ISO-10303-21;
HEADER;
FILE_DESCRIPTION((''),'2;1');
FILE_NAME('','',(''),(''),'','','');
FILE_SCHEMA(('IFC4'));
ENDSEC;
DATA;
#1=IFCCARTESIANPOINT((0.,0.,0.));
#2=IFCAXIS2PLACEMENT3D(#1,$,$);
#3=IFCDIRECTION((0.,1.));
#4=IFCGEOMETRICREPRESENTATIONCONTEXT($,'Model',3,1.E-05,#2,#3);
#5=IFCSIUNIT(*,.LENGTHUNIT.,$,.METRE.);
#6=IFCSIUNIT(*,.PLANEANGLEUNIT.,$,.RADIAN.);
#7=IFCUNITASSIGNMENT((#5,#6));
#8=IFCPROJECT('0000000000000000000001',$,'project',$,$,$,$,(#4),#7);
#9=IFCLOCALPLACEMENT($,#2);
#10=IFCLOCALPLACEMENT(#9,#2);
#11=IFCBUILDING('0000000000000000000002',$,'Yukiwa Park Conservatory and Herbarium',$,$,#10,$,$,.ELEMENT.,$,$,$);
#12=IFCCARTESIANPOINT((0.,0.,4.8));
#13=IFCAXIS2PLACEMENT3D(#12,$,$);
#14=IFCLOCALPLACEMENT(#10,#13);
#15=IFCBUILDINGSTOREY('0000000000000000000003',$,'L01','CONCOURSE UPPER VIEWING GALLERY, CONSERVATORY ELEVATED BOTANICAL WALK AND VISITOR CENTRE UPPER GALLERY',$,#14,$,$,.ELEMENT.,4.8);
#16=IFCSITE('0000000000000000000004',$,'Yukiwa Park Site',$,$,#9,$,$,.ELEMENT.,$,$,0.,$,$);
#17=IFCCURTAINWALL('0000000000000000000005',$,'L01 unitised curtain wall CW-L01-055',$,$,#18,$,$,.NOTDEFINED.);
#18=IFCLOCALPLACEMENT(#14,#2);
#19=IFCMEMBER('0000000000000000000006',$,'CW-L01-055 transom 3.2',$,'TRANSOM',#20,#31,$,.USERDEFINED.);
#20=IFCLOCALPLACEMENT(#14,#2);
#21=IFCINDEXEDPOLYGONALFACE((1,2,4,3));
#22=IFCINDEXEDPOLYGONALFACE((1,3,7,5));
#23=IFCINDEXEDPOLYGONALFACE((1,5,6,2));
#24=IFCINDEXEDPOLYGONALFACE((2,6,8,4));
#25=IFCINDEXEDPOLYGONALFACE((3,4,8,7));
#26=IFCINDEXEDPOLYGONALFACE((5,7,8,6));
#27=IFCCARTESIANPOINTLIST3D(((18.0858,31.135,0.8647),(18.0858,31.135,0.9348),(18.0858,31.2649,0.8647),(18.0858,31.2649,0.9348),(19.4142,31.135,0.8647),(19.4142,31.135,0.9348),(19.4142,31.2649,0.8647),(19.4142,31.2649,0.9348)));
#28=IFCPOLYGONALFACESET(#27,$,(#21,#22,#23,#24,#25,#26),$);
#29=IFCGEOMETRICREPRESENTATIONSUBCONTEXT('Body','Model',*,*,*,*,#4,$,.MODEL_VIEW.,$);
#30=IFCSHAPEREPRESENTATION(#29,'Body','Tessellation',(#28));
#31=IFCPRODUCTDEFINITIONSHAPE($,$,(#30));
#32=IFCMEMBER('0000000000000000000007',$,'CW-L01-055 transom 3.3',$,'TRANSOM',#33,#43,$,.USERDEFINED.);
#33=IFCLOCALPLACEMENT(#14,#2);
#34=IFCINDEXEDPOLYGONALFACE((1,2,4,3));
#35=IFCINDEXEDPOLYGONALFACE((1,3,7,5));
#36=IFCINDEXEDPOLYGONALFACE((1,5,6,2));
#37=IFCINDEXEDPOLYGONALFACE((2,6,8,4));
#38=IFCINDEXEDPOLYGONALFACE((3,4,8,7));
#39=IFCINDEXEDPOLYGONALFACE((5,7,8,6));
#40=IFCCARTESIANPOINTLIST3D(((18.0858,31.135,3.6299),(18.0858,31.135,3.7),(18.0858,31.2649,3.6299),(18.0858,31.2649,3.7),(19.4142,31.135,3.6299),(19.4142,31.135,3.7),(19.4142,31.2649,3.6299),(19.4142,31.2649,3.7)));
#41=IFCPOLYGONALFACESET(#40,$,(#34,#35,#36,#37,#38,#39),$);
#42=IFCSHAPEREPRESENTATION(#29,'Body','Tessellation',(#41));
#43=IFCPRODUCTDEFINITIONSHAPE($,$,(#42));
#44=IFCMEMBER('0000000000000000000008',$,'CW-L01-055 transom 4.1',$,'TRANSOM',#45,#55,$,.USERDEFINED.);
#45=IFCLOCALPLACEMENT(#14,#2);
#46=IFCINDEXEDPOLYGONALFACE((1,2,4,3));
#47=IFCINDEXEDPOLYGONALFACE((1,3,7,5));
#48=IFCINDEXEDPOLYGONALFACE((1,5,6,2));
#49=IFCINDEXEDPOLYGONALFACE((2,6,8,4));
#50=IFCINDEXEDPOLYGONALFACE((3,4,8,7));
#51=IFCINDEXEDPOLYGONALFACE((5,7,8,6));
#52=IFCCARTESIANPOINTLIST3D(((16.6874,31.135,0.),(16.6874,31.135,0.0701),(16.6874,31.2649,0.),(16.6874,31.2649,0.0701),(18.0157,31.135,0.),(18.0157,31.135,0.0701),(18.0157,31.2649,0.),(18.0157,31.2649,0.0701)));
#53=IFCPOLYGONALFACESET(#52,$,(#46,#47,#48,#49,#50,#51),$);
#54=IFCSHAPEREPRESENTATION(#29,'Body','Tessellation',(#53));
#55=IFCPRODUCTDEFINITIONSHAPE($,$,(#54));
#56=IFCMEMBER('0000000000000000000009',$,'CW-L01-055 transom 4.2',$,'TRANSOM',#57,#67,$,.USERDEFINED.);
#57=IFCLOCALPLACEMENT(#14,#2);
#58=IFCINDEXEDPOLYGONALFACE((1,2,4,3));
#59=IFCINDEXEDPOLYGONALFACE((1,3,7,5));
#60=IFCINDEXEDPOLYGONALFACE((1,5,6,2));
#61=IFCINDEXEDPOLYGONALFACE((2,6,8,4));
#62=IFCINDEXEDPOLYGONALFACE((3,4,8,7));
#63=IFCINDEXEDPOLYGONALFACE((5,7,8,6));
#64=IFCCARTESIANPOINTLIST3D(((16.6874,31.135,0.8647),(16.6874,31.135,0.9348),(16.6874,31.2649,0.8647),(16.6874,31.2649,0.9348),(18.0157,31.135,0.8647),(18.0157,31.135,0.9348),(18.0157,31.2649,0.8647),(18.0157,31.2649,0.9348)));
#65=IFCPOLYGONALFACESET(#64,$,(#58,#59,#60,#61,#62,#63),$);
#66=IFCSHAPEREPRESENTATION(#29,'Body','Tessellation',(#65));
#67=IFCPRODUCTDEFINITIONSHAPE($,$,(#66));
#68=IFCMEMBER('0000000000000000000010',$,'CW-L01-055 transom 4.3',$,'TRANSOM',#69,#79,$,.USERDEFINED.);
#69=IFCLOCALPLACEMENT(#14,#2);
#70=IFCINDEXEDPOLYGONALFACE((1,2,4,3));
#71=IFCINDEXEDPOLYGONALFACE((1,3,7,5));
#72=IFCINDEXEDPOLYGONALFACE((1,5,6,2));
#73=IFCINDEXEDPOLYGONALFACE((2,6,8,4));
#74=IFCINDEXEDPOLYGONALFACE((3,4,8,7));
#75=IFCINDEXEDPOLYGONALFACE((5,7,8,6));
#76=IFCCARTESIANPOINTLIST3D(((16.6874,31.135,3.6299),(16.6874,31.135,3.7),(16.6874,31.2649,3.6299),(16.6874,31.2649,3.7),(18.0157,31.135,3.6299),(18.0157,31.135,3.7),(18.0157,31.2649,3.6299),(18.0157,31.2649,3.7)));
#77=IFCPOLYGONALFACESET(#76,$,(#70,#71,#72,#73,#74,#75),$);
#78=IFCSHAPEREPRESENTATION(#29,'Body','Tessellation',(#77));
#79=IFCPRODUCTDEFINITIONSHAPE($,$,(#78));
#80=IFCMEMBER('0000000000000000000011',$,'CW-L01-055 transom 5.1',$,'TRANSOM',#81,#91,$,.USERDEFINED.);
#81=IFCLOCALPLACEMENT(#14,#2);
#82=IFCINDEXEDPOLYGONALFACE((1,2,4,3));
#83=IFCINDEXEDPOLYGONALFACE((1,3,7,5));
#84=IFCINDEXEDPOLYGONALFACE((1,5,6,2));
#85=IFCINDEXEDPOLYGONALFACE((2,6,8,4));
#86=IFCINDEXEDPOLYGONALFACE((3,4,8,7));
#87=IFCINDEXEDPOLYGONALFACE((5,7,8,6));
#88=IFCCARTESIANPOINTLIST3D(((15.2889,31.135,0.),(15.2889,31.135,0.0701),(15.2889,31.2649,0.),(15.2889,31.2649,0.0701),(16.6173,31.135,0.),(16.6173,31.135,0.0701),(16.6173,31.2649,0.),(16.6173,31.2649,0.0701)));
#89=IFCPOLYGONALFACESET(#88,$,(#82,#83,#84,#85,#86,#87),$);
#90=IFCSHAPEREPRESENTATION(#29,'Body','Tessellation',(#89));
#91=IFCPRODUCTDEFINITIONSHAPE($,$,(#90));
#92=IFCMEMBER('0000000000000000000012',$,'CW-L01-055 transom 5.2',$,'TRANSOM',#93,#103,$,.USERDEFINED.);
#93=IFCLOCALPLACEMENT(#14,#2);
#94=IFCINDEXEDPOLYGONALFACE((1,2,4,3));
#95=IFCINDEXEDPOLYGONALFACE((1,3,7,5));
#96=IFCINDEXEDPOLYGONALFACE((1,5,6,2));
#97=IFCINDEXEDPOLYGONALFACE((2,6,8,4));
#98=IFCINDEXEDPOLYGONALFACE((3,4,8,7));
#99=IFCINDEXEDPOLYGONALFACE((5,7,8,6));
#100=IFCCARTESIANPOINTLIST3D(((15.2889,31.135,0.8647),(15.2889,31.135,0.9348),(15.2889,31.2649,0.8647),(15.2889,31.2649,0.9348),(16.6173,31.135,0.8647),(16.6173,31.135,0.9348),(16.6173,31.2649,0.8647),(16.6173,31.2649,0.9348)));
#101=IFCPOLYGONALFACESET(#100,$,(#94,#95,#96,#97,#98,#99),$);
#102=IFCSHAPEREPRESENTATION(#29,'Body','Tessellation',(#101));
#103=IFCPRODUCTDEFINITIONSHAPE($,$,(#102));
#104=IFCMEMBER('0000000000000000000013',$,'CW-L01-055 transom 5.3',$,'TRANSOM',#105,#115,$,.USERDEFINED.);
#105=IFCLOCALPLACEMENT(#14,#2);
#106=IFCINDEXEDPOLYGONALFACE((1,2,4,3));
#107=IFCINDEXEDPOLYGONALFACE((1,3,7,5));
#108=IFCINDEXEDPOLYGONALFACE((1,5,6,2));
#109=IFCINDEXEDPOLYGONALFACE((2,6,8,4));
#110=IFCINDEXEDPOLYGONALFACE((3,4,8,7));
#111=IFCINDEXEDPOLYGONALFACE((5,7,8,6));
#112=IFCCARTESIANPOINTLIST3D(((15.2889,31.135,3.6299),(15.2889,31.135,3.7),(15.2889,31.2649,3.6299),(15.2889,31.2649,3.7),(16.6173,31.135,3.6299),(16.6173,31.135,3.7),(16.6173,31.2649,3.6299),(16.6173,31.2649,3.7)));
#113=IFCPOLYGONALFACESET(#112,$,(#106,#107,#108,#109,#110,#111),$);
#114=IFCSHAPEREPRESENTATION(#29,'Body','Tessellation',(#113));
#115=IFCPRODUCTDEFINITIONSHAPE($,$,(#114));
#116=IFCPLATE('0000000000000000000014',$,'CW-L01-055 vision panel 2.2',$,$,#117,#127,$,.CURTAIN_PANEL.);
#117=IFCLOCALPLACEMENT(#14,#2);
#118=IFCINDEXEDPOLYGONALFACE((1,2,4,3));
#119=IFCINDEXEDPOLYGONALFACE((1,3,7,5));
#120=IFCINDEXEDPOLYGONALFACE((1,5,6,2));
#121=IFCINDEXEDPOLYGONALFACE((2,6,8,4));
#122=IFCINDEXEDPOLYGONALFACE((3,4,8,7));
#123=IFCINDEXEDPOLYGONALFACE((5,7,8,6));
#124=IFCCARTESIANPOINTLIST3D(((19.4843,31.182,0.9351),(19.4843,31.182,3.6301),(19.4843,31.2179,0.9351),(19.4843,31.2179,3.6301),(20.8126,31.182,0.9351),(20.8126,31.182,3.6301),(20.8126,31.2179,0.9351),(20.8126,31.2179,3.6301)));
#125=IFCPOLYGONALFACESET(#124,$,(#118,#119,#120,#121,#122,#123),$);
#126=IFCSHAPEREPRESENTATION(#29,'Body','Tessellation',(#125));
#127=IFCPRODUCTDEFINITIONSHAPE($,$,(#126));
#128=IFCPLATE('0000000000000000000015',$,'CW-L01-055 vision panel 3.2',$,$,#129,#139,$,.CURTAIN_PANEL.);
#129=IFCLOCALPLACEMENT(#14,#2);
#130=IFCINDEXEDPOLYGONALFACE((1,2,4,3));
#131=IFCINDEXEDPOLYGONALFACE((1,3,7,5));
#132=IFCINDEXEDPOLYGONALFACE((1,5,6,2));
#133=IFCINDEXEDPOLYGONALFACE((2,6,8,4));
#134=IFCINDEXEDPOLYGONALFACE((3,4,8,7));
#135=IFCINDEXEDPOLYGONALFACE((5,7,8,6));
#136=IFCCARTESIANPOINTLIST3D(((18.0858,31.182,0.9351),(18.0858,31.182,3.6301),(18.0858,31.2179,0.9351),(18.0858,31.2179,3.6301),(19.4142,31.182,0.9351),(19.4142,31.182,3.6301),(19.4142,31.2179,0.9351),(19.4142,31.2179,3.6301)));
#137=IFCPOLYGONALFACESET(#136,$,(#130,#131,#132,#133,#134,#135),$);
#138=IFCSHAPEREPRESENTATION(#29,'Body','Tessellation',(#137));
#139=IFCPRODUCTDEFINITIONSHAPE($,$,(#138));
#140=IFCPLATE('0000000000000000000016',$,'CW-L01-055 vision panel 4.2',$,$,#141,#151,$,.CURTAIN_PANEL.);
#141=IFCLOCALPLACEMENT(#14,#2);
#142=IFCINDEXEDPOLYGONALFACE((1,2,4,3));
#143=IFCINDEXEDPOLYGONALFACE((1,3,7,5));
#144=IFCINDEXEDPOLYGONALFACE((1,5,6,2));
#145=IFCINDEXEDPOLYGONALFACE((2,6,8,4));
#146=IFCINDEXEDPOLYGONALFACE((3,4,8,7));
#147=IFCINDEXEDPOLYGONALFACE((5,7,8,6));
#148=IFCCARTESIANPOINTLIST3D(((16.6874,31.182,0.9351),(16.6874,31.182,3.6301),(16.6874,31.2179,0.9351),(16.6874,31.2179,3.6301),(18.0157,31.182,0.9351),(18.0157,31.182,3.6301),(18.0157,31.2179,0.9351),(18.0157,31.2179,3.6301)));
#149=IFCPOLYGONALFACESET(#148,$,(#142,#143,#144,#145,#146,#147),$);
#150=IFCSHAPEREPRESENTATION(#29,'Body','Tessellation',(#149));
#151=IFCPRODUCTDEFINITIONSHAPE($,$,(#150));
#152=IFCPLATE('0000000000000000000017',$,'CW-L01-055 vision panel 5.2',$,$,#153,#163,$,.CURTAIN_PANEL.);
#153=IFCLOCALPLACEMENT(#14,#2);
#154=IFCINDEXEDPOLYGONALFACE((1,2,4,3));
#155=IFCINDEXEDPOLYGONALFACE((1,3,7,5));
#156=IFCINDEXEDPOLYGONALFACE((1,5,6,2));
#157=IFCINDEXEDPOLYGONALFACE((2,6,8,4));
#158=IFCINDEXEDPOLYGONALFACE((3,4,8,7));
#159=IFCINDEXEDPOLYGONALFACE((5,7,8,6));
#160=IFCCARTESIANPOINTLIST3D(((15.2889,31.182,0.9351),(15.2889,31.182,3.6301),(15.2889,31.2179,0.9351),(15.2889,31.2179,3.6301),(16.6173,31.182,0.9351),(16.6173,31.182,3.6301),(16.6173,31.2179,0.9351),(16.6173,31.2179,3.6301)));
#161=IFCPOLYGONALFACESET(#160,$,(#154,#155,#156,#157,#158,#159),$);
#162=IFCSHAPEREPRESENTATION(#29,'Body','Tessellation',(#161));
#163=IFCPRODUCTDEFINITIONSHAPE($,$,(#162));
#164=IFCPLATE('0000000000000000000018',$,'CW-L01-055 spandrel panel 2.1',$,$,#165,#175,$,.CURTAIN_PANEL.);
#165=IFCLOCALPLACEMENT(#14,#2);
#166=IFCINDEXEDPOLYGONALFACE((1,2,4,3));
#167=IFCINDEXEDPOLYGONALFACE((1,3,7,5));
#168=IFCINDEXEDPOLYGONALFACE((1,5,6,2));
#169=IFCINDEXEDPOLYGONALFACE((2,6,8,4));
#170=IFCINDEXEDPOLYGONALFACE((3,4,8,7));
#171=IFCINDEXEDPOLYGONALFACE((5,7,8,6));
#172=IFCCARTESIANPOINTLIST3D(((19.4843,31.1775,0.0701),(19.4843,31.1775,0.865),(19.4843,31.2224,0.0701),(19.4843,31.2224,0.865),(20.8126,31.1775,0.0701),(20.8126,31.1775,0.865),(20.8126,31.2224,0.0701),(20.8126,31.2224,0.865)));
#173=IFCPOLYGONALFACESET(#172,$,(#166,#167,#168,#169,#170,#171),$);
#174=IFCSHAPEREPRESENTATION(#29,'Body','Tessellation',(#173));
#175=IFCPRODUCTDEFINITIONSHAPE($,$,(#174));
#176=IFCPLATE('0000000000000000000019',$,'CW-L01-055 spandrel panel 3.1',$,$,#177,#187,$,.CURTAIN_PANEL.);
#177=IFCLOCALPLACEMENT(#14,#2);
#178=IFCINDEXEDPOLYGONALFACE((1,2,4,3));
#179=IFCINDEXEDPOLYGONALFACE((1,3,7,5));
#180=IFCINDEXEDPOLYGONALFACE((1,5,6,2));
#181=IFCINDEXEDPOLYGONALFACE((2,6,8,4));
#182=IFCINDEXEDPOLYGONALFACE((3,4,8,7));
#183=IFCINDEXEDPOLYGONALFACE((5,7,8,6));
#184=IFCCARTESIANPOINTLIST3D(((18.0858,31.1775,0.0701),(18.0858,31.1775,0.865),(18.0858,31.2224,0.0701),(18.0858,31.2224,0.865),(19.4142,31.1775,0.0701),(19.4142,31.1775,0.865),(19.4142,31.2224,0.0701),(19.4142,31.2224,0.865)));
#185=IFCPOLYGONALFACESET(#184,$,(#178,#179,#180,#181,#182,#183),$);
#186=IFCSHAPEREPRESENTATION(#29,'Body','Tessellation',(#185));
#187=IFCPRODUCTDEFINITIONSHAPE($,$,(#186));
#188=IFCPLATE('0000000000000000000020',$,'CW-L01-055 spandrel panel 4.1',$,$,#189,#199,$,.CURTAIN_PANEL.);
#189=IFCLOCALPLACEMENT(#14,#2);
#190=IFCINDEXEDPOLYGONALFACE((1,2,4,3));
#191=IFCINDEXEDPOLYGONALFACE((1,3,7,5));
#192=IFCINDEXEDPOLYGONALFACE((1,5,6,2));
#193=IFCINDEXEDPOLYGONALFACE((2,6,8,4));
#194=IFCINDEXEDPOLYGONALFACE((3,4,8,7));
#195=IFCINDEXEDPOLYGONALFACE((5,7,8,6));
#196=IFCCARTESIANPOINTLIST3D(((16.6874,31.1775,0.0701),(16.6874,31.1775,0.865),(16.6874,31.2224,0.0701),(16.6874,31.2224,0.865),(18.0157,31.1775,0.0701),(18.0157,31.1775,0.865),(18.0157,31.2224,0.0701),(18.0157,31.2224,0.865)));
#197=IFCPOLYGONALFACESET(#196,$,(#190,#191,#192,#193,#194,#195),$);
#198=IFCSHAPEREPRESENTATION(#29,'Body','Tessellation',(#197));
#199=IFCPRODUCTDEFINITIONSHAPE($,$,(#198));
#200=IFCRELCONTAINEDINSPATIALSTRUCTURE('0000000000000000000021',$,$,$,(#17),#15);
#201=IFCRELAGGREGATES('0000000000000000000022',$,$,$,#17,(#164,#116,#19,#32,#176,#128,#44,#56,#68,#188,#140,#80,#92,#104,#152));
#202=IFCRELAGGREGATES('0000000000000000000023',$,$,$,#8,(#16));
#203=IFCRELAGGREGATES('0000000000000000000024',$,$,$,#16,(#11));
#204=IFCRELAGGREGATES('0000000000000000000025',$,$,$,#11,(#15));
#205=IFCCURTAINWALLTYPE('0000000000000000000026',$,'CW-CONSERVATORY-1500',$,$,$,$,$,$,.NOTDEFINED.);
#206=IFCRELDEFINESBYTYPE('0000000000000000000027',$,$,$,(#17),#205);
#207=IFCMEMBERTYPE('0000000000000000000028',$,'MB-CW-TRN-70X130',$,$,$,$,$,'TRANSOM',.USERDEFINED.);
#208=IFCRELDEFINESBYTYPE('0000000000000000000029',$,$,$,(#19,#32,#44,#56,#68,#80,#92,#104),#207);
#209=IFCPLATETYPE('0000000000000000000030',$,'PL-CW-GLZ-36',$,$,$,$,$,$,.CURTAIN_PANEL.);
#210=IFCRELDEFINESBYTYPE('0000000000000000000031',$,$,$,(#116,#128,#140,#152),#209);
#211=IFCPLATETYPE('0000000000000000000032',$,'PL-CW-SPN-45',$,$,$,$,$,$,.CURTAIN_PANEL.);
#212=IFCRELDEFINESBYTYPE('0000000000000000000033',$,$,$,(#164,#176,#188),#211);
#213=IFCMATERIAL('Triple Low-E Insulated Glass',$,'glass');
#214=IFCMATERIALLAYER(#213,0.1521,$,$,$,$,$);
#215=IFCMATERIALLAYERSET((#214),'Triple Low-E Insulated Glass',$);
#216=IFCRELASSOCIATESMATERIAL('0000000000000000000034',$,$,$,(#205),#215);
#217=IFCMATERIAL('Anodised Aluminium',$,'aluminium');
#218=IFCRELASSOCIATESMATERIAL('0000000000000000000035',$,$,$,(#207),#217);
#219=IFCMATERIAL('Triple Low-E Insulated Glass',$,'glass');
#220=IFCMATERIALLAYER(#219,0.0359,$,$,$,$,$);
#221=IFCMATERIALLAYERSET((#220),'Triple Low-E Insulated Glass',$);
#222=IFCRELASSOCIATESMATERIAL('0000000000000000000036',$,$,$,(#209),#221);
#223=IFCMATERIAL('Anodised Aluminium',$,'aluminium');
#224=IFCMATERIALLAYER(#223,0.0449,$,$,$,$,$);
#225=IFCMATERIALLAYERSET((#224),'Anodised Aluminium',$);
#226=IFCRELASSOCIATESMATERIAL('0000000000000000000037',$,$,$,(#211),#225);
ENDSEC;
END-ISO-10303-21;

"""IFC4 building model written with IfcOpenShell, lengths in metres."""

from ifc_helpers import new_model, si_unit, direction, frame, origin, origin_2d, place, context, subcontext, project, spatial, rectangle, extrude, material, layer, layer_set, type_object, element, aggregate, save


model = new_model("IFC4")

# Units and contexts
model_context = context("Model", 3, precision=1e-05, world=origin(), true_north=direction((0.0, 1.0)))
body_context = subcontext(model_context, "Body", "Model", "MODEL_VIEW")
ifc_project = project(units=[si_unit("LENGTHUNIT", "METRE"), si_unit("PLANEANGLEUNIT", "RADIAN")], contexts=[model_context])

# Site, building, storey
site_placement = place(None, origin())
site = spatial("IfcSite", under=ifc_project, at=site_placement, Name="Yukiwa Park Site", CompositionType="ELEMENT", RefElevation=0.0)
building_placement = place(site_placement, origin())
building = spatial("IfcBuilding", under=site, at=building_placement, Name="Yukiwa Park Conservatory and Herbarium", CompositionType="ELEMENT")
storey_placement = place(building_placement, frame((0.0, 0.0, 4.8)))
storey = spatial("IfcBuildingStorey", under=building, at=storey_placement, Name="L01", Description="CONCOURSE UPPER VIEWING GALLERY, CONSERVATORY ELEVATED BOTANICAL WALK AND VISITOR CENTRE UPPER GALLERY", CompositionType="ELEMENT", Elevation=4.8)

# Curtain wall, members, plates
ifc_material_1 = material(Name="Triple Low-E Insulated Glass", Category="glass")
ifc_layer_1 = layer(ifc_material_1, 0.1521)
ifc_layer_set_1 = layer_set([ifc_layer_1], Name="Triple Low-E Insulated Glass")
curtain_wall_type = type_object("IfcCurtainWallType", Name="CW-CONSERVATORY-1500", PredefinedType="NOTDEFINED", material=ifc_layer_set_1)
curtain_wall_placement = place(storey_placement, origin())
curtain_wall = element("IfcCurtainWall", 1, at=curtain_wall_placement, inside=storey, type_object=curtain_wall_type, Name="L01 unitised curtain wall CW-L01-055", PredefinedType="NOTDEFINED")
ifc_material_2 = material(Name="Anodised Aluminium", Category="aluminium")
member_type_1 = type_object("IfcMemberType", Name="MB-CW-TRN-70X130", ElementType="TRANSOM", PredefinedType="USERDEFINED", material=ifc_material_2)
member_1_placement = place(storey_placement, frame((18.75, 31.2, 0.8647), z_axis=(0.0, 0.0, 1.0), x_axis=(-1.0, 0.0, 0.0)))
member_1 = element("IfcMember", 2, at=member_1_placement, type_object=member_type_1, Name="CW-L01-055 transom 3.2", ObjectType="TRANSOM", PredefinedType="USERDEFINED", context=body_context, shape_type="SweptSolid", body=[
    extrude(rectangle(XDim=1.3284, YDim=0.1299, at=origin_2d()), origin(), (0.0, 0.0, 1.0), 0.0701),
])
member_2_placement = place(storey_placement, frame((18.75, 31.2, 3.6299), z_axis=(0.0, 0.0, 1.0), x_axis=(-1.0, 0.0, 0.0)))
member_2 = element("IfcMember", 3, at=member_2_placement, type_object=member_type_1, Name="CW-L01-055 transom 3.3", ObjectType="TRANSOM", PredefinedType="USERDEFINED", context=body_context, shape_type="SweptSolid", body=[
    extrude(rectangle(XDim=1.3284, YDim=0.1299, at=origin_2d()), origin(), (0.0, 0.0, 1.0), 0.0701),
])
member_3_placement = place(storey_placement, frame((17.3516, 31.2, 0.0), z_axis=(0.0, 0.0, 1.0), x_axis=(-1.0, 0.0, 0.0)))
member_3 = element("IfcMember", 4, at=member_3_placement, type_object=member_type_1, Name="CW-L01-055 transom 4.1", ObjectType="TRANSOM", PredefinedType="USERDEFINED", context=body_context, shape_type="SweptSolid", body=[
    extrude(rectangle(XDim=1.3284, YDim=0.1299, at=origin_2d()), origin(), (0.0, 0.0, 1.0), 0.0701),
])
member_4_placement = place(storey_placement, frame((17.3516, 31.2, 0.8647), z_axis=(0.0, 0.0, 1.0), x_axis=(-1.0, 0.0, 0.0)))
member_4 = element("IfcMember", 5, at=member_4_placement, type_object=member_type_1, Name="CW-L01-055 transom 4.2", ObjectType="TRANSOM", PredefinedType="USERDEFINED", context=body_context, shape_type="SweptSolid", body=[
    extrude(rectangle(XDim=1.3284, YDim=0.1299, at=origin_2d()), origin(), (0.0, 0.0, 1.0), 0.0701),
])
member_5_placement = place(storey_placement, frame((17.3516, 31.2, 3.6299), z_axis=(0.0, 0.0, 1.0), x_axis=(-1.0, 0.0, 0.0)))
member_5 = element("IfcMember", 6, at=member_5_placement, type_object=member_type_1, Name="CW-L01-055 transom 4.3", ObjectType="TRANSOM", PredefinedType="USERDEFINED", context=body_context, shape_type="SweptSolid", body=[
    extrude(rectangle(XDim=1.3284, YDim=0.1299, at=origin_2d()), origin(), (0.0, 0.0, 1.0), 0.0701),
])
member_6_placement = place(storey_placement, frame((15.9531, 31.2, 0.0), z_axis=(0.0, 0.0, 1.0), x_axis=(-1.0, 0.0, 0.0)))
member_6 = element("IfcMember", 7, at=member_6_placement, type_object=member_type_1, Name="CW-L01-055 transom 5.1", ObjectType="TRANSOM", PredefinedType="USERDEFINED", context=body_context, shape_type="SweptSolid", body=[
    extrude(rectangle(XDim=1.3284, YDim=0.1299, at=origin_2d()), origin(), (0.0, 0.0, 1.0), 0.0701),
])
member_7_placement = place(storey_placement, frame((15.9531, 31.2, 0.8647), z_axis=(0.0, 0.0, 1.0), x_axis=(-1.0, 0.0, 0.0)))
member_7 = element("IfcMember", 8, at=member_7_placement, type_object=member_type_1, Name="CW-L01-055 transom 5.2", ObjectType="TRANSOM", PredefinedType="USERDEFINED", context=body_context, shape_type="SweptSolid", body=[
    extrude(rectangle(XDim=1.3284, YDim=0.1299, at=origin_2d()), origin(), (0.0, 0.0, 1.0), 0.0701),
])
member_8_placement = place(storey_placement, frame((15.9531, 31.2, 3.6299), z_axis=(0.0, 0.0, 1.0), x_axis=(-1.0, 0.0, 0.0)))
member_8 = element("IfcMember", 9, at=member_8_placement, type_object=member_type_1, Name="CW-L01-055 transom 5.3", ObjectType="TRANSOM", PredefinedType="USERDEFINED", context=body_context, shape_type="SweptSolid", body=[
    extrude(rectangle(XDim=1.3284, YDim=0.1299, at=origin_2d()), origin(), (0.0, 0.0, 1.0), 0.0701),
])
ifc_material_3 = material(Name="Triple Low-E Insulated Glass", Category="glass")
ifc_layer_2 = layer(ifc_material_3, 0.0359)
ifc_layer_set_2 = layer_set([ifc_layer_2], Name="Triple Low-E Insulated Glass")
plate_type_1 = type_object("IfcPlateType", Name="PL-CW-GLZ-36", PredefinedType="CURTAIN_PANEL", material=ifc_layer_set_2)
plate_1_placement = place(storey_placement, frame((20.1484, 31.2, 0.9351), z_axis=(0.0, 0.0, 1.0), x_axis=(-1.0, 0.0, 0.0)))
plate_1 = element("IfcPlate", 10, at=plate_1_placement, type_object=plate_type_1, Name="CW-L01-055 vision panel 2.2", PredefinedType="CURTAIN_PANEL", context=body_context, shape_type="SweptSolid", body=[
    extrude(rectangle(XDim=1.3284, YDim=0.0359, at=origin_2d()), origin(), (0.0, 0.0, 1.0), 2.6951),
])
plate_2_placement = place(storey_placement, frame((18.75, 31.2, 0.9351), z_axis=(0.0, 0.0, 1.0), x_axis=(-1.0, 0.0, 0.0)))
plate_2 = element("IfcPlate", 11, at=plate_2_placement, type_object=plate_type_1, Name="CW-L01-055 vision panel 3.2", PredefinedType="CURTAIN_PANEL", context=body_context, shape_type="SweptSolid", body=[
    extrude(rectangle(XDim=1.3284, YDim=0.0359, at=origin_2d()), origin(), (0.0, 0.0, 1.0), 2.6951),
])
plate_3_placement = place(storey_placement, frame((17.3516, 31.2, 0.9351), z_axis=(0.0, 0.0, 1.0), x_axis=(-1.0, 0.0, 0.0)))
plate_3 = element("IfcPlate", 12, at=plate_3_placement, type_object=plate_type_1, Name="CW-L01-055 vision panel 4.2", PredefinedType="CURTAIN_PANEL", context=body_context, shape_type="SweptSolid", body=[
    extrude(rectangle(XDim=1.3284, YDim=0.0359, at=origin_2d()), origin(), (0.0, 0.0, 1.0), 2.6951),
])
plate_4_placement = place(storey_placement, frame((15.9531, 31.2, 0.9351), z_axis=(0.0, 0.0, 1.0), x_axis=(-1.0, 0.0, 0.0)))
plate_4 = element("IfcPlate", 13, at=plate_4_placement, type_object=plate_type_1, Name="CW-L01-055 vision panel 5.2", PredefinedType="CURTAIN_PANEL", context=body_context, shape_type="SweptSolid", body=[
    extrude(rectangle(XDim=1.3284, YDim=0.0359, at=origin_2d()), origin(), (0.0, 0.0, 1.0), 2.6951),
])
ifc_material_4 = material(Name="Anodised Aluminium", Category="aluminium")
ifc_layer_3 = layer(ifc_material_4, 0.0449)
ifc_layer_set_3 = layer_set([ifc_layer_3], Name="Anodised Aluminium")
plate_type_2 = type_object("IfcPlateType", Name="PL-CW-SPN-45", PredefinedType="CURTAIN_PANEL", material=ifc_layer_set_3)
plate_5_placement = place(storey_placement, frame((20.1484, 31.2, 0.0701), z_axis=(0.0, 0.0, 1.0), x_axis=(-1.0, 0.0, 0.0)))
plate_5 = element("IfcPlate", 14, at=plate_5_placement, type_object=plate_type_2, Name="CW-L01-055 spandrel panel 2.1", PredefinedType="CURTAIN_PANEL", context=body_context, shape_type="SweptSolid", body=[
    extrude(rectangle(XDim=1.3284, YDim=0.0449, at=origin_2d()), origin(), (0.0, 0.0, 1.0), 0.7949),
])
plate_6_placement = place(storey_placement, frame((18.75, 31.2, 0.0701), z_axis=(0.0, 0.0, 1.0), x_axis=(-1.0, 0.0, 0.0)))
plate_6 = element("IfcPlate", 15, at=plate_6_placement, type_object=plate_type_2, Name="CW-L01-055 spandrel panel 3.1", PredefinedType="CURTAIN_PANEL", context=body_context, shape_type="SweptSolid", body=[
    extrude(rectangle(XDim=1.3284, YDim=0.0449, at=origin_2d()), origin(), (0.0, 0.0, 1.0), 0.7949),
])
plate_7_placement = place(storey_placement, frame((17.3516, 31.2, 0.0701), z_axis=(0.0, 0.0, 1.0), x_axis=(-1.0, 0.0, 0.0)))
plate_7 = element("IfcPlate", 16, at=plate_7_placement, type_object=plate_type_2, Name="CW-L01-055 spandrel panel 4.1", PredefinedType="CURTAIN_PANEL", context=body_context, shape_type="SweptSolid", body=[
    extrude(rectangle(XDim=1.3284, YDim=0.0449, at=origin_2d()), origin(), (0.0, 0.0, 1.0), 0.7949),
])
aggregate(curtain_wall, [plate_5, plate_1, member_1, member_2, plate_6, plate_2, member_3, member_4, member_5, plate_7, plate_3, member_6, member_7, member_8, plate_4])

save(model, "model.ifc")
